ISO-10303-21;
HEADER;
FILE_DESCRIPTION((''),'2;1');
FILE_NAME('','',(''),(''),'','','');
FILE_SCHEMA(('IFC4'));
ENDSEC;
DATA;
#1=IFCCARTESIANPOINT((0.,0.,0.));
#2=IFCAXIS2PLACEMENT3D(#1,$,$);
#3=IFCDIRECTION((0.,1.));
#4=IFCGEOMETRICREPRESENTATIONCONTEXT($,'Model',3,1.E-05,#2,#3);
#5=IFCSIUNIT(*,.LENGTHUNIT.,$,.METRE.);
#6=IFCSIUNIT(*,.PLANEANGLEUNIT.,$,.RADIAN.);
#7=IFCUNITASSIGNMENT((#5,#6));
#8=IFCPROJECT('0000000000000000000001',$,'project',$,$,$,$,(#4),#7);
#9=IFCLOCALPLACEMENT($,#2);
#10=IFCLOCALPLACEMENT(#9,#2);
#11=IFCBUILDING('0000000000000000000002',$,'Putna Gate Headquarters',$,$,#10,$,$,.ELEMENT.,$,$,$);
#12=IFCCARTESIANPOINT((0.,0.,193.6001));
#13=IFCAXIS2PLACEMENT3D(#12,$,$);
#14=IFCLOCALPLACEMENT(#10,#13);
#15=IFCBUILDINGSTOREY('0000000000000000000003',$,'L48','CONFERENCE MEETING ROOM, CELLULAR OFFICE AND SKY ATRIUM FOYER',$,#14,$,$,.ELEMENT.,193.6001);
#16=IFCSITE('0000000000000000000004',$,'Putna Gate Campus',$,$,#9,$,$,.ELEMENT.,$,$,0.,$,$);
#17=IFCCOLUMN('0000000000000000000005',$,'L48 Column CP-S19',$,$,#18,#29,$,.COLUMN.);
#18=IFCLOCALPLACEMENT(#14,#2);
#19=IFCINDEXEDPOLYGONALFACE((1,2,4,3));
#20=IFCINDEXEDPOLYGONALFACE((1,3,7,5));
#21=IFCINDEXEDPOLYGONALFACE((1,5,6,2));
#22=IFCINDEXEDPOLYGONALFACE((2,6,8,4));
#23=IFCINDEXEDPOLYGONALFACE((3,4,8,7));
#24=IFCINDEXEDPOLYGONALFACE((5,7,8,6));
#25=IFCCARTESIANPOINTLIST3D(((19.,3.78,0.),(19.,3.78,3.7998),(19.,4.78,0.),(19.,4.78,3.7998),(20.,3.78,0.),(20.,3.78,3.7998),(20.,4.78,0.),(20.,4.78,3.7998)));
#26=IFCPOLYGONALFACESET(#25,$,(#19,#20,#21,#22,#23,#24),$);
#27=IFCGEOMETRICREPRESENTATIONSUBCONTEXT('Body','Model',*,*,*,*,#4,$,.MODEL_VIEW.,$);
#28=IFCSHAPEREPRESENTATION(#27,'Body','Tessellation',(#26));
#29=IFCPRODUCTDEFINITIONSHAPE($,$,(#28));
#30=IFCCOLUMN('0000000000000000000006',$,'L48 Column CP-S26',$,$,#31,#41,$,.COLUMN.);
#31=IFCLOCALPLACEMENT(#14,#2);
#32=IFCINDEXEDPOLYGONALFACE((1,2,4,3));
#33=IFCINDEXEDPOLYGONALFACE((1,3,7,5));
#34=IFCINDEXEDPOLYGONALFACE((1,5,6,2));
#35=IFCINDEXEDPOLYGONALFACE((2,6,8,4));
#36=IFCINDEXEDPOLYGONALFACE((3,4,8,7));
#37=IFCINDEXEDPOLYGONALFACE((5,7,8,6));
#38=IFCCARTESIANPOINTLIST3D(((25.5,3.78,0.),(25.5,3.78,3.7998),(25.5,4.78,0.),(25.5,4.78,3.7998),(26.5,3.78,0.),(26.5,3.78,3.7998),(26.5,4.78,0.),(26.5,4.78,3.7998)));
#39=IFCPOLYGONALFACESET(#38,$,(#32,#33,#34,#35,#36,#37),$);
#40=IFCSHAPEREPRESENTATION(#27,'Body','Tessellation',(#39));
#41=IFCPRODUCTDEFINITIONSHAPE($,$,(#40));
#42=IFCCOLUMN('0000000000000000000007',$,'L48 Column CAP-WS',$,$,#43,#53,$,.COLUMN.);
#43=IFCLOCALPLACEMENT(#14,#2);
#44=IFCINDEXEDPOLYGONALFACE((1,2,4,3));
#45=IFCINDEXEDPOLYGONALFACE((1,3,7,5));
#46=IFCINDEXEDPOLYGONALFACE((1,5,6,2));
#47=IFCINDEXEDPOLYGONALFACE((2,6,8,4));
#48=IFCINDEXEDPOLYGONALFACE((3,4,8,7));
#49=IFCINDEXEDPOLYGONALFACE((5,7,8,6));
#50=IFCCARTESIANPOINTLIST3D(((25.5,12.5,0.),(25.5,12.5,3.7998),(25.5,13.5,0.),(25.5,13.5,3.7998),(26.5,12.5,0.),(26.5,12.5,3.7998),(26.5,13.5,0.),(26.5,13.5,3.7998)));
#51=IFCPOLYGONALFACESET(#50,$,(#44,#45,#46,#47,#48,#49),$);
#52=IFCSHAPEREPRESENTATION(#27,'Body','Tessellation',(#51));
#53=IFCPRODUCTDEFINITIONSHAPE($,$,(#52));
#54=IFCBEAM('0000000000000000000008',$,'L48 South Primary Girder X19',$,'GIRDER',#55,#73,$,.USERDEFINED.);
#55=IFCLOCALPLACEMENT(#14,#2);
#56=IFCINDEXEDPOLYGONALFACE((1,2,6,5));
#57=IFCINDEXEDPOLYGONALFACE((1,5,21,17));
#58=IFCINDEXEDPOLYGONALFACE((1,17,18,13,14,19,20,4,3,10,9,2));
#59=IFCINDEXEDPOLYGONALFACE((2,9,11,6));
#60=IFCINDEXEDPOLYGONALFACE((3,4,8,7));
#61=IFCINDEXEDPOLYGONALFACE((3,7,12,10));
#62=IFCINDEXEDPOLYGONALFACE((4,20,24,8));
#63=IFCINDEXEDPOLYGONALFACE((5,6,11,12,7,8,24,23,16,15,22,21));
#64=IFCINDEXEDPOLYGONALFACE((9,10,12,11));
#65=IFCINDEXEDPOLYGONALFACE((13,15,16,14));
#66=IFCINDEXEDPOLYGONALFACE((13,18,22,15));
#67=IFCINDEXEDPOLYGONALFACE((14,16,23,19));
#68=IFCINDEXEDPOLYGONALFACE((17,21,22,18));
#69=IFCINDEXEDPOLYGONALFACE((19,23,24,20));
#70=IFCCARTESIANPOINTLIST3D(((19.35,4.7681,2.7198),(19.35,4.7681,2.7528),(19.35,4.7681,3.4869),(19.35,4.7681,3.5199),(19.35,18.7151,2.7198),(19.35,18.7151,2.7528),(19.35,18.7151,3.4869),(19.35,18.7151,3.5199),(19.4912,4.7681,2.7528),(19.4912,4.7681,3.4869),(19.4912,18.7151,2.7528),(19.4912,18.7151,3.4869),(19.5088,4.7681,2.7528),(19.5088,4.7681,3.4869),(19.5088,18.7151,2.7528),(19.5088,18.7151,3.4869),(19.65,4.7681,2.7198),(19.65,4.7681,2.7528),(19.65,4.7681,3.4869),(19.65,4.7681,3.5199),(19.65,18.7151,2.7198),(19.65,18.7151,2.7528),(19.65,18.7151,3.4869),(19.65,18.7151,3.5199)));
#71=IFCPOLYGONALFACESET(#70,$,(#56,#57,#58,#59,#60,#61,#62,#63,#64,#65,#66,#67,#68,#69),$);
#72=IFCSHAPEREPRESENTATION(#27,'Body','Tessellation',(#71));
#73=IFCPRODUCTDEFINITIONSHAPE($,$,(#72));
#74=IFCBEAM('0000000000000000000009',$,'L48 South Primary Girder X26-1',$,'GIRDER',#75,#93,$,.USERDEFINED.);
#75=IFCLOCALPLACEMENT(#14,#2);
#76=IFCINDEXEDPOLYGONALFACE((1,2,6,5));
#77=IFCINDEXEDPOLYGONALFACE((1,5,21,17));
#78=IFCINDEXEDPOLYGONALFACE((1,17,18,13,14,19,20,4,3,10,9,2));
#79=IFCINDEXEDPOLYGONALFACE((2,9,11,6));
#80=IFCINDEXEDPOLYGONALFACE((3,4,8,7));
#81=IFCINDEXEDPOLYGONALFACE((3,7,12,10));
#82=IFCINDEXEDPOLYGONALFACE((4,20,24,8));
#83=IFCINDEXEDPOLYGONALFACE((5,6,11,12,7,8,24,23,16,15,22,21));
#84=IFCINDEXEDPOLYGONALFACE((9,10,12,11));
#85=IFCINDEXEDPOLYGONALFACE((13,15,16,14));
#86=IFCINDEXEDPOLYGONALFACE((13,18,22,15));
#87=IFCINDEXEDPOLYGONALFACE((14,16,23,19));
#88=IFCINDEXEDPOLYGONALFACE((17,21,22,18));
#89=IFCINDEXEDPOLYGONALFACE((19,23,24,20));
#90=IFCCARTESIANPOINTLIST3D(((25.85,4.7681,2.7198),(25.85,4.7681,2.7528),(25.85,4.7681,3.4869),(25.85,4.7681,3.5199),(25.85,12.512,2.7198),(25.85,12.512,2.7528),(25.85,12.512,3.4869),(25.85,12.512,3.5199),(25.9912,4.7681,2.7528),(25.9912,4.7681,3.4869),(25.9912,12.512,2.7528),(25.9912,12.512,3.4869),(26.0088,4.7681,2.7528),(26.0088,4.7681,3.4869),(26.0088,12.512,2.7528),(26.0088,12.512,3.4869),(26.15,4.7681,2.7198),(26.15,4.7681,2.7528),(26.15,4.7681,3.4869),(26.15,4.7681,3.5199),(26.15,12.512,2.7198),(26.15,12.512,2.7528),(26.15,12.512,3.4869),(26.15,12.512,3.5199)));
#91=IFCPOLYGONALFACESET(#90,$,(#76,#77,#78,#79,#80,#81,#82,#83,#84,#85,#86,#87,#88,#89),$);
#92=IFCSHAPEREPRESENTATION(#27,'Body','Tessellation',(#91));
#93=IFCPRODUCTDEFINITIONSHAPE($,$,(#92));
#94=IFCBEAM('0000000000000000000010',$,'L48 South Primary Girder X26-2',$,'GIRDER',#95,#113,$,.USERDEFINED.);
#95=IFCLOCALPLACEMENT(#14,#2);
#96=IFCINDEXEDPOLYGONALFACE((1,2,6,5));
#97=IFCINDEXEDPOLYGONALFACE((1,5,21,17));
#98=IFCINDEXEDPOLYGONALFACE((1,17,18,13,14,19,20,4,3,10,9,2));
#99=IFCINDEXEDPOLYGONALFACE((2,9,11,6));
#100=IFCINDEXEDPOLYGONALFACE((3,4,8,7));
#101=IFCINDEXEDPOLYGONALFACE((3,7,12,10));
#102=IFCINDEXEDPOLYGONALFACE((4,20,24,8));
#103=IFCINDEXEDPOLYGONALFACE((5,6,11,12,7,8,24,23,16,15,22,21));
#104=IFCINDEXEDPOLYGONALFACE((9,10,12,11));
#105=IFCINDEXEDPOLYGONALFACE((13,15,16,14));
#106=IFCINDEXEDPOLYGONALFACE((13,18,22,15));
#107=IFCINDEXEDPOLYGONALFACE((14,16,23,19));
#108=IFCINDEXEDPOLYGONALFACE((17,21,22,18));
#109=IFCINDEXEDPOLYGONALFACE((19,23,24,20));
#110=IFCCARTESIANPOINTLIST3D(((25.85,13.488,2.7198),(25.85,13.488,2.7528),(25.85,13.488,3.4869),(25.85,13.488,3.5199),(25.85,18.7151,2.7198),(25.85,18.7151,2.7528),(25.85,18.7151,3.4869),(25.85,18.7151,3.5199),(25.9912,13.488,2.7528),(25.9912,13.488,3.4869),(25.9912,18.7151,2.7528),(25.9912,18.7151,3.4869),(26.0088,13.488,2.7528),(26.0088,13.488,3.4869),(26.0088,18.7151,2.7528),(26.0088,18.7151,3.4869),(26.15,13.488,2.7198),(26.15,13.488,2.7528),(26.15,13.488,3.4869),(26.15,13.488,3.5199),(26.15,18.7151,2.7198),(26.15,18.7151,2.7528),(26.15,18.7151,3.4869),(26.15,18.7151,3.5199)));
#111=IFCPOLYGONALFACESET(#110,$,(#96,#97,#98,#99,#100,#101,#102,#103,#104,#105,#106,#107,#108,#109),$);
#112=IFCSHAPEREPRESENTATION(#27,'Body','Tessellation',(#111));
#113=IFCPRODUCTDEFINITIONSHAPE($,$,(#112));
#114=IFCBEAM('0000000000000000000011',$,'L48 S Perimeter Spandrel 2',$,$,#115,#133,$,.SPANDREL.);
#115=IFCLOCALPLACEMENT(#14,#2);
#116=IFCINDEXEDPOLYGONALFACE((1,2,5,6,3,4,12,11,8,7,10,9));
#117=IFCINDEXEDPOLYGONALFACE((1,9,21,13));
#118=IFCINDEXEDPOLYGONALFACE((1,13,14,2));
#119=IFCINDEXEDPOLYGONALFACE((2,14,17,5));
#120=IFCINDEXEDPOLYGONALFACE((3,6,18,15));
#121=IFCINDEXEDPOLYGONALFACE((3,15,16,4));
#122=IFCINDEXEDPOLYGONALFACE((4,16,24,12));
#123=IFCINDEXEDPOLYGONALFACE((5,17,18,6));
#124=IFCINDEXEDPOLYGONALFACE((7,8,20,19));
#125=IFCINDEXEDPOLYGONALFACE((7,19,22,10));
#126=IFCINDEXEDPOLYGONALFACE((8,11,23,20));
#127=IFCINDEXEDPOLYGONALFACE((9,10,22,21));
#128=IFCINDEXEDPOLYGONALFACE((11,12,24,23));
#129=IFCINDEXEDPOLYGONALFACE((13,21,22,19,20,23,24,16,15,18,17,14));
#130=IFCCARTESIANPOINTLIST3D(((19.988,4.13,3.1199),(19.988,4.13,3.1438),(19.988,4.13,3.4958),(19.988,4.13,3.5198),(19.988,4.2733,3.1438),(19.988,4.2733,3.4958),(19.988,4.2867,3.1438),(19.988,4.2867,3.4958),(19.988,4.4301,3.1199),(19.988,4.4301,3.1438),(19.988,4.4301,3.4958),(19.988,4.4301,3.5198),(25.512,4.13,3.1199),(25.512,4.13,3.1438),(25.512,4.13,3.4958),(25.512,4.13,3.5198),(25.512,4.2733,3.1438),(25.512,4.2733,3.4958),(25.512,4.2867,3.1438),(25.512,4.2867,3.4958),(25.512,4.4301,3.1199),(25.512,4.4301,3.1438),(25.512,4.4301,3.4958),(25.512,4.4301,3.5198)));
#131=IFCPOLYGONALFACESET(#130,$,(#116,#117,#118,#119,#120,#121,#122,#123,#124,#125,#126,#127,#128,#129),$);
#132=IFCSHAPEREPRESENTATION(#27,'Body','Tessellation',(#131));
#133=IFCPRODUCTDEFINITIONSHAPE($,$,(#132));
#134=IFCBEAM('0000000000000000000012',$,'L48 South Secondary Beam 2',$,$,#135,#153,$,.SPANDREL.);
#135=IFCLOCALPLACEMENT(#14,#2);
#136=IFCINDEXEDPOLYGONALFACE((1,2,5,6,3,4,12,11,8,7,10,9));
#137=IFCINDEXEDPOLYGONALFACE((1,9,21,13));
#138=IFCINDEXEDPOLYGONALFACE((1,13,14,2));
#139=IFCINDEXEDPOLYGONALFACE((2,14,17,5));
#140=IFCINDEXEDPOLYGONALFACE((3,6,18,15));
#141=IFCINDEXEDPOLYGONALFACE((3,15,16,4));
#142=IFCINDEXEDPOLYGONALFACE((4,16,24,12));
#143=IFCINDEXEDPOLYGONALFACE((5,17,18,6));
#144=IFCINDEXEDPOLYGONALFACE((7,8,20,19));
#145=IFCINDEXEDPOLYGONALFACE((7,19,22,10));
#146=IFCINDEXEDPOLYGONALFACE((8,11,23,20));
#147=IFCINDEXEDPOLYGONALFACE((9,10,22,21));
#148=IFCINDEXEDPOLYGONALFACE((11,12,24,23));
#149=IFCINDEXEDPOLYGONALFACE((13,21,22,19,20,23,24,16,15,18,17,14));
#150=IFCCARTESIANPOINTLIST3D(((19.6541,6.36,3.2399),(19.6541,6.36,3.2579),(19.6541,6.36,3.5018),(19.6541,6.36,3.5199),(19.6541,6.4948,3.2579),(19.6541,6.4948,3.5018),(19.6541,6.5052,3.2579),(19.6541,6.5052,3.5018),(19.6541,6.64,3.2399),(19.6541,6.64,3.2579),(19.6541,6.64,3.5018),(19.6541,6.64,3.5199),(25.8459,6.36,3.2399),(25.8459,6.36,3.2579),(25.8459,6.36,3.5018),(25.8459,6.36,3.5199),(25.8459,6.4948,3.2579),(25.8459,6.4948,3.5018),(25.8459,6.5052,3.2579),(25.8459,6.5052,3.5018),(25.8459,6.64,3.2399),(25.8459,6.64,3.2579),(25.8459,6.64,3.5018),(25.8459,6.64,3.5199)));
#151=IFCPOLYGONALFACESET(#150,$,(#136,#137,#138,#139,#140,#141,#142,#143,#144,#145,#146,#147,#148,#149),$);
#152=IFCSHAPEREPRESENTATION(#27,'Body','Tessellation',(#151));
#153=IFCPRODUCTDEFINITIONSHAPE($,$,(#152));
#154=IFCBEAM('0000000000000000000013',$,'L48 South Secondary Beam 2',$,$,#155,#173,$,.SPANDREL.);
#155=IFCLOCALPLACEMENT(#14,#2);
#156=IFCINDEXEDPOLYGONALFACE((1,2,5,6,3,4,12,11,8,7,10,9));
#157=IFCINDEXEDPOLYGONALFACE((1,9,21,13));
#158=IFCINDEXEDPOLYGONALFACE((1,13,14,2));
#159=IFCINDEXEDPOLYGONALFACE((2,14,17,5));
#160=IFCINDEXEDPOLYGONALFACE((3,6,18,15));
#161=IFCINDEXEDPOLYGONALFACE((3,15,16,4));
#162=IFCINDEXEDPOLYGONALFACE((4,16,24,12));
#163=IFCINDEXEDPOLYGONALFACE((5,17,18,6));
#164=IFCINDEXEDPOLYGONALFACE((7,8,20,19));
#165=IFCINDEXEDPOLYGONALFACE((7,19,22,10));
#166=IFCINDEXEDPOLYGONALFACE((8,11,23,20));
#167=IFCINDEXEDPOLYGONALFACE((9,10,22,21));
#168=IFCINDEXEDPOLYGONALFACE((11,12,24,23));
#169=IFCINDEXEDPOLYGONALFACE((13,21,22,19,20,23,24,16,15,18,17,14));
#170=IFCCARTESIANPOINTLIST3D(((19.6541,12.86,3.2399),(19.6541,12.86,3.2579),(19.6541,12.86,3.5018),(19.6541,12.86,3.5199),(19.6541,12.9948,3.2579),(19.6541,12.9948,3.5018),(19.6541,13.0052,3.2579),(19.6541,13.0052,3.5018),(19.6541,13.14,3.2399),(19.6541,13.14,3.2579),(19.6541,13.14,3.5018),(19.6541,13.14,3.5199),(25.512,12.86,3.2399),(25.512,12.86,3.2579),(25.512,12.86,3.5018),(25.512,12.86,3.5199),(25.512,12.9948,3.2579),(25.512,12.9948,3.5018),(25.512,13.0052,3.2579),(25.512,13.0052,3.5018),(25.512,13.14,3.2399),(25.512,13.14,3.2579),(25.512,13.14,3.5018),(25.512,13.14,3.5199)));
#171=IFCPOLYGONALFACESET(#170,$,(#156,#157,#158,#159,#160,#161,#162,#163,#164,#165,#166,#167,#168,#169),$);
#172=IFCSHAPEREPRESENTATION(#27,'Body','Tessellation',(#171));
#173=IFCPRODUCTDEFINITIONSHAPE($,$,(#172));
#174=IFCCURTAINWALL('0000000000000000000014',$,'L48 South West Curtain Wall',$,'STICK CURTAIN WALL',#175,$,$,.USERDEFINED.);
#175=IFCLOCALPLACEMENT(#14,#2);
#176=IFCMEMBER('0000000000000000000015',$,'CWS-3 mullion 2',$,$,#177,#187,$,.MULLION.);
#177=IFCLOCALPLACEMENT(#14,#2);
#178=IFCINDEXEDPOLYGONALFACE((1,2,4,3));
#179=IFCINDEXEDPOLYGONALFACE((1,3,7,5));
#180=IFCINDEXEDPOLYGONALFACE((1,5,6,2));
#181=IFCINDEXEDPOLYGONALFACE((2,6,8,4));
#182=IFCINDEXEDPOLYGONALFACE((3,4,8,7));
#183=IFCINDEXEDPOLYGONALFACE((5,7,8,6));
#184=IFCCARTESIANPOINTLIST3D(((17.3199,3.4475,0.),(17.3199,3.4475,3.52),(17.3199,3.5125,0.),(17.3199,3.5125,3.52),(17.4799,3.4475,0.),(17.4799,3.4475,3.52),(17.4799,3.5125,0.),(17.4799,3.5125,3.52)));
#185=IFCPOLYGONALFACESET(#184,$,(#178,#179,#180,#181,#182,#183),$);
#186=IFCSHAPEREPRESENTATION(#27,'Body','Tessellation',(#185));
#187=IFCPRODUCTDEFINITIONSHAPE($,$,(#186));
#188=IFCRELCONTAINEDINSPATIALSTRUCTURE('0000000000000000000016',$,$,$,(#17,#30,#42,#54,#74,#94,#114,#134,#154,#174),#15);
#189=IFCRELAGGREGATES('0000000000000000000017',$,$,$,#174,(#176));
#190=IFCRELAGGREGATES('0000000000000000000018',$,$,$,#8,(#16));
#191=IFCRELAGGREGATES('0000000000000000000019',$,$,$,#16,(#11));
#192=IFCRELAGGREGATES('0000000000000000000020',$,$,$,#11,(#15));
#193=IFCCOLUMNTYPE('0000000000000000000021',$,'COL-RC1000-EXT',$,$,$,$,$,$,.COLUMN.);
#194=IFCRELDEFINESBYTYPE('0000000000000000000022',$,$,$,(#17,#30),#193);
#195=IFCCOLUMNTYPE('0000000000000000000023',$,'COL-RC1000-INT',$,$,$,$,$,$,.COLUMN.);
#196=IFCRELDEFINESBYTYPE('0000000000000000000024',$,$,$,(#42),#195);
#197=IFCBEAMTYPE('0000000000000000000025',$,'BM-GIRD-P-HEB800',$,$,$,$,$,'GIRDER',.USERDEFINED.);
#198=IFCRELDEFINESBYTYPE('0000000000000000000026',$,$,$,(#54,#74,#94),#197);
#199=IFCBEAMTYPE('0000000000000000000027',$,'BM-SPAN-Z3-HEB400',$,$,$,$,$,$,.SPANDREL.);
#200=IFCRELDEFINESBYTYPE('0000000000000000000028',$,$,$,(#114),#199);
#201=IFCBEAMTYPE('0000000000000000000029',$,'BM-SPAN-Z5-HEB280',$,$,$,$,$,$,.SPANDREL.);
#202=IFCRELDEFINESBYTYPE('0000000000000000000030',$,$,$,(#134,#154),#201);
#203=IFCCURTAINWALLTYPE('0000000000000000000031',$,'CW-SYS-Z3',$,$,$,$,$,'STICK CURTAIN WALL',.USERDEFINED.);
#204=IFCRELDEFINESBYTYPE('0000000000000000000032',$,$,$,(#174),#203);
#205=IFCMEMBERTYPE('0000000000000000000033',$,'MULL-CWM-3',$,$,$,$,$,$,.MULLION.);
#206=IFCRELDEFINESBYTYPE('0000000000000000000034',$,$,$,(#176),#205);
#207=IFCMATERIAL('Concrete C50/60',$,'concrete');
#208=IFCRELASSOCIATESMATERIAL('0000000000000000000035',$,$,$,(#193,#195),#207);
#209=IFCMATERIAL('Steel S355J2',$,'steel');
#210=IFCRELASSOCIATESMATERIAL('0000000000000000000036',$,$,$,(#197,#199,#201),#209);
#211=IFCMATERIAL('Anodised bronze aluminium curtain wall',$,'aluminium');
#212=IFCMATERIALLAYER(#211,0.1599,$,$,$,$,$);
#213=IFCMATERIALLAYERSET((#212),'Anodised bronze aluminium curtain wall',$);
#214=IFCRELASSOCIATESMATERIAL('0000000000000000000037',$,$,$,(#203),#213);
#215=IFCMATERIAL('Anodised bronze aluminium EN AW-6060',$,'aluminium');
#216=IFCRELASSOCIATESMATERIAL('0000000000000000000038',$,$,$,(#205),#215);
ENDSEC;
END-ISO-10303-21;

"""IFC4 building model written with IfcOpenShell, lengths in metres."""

from ifc_helpers import new_model, si_unit, direction, frame, origin, origin_2d, place, context, subcontext, project, spatial, rectangle, i_section, extrude, material, layer, layer_set, material_profile, profile_set, type_object, element, aggregate, save


model = new_model("IFC4")

# Units and contexts
model_context = context("Model", 3, precision=1e-05, world=origin(), true_north=direction((0.0, 1.0)))
body_context = subcontext(model_context, "Body", "Model", "MODEL_VIEW")
ifc_project = project(units=[si_unit("LENGTHUNIT", "METRE"), si_unit("PLANEANGLEUNIT", "RADIAN")], contexts=[model_context])

# Site, building, storey
site_placement = place(None, origin())
site = spatial("IfcSite", under=ifc_project, at=site_placement, Name="Putna Gate Campus", CompositionType="ELEMENT", RefElevation=0.0)
building_placement = place(site_placement, origin())
building = spatial("IfcBuilding", under=site, at=building_placement, Name="Putna Gate Headquarters", CompositionType="ELEMENT")
storey_placement = place(building_placement, frame((0.0, 0.0, 193.6001)))
storey = spatial("IfcBuildingStorey", under=building, at=storey_placement, Name="L48", Description="CONFERENCE MEETING ROOM, CELLULAR OFFICE AND SKY ATRIUM FOYER", CompositionType="ELEMENT", Elevation=193.6001)

# Columns
ifc_material_1 = material(Name="Concrete C50/60", Category="concrete")
ifc_material_profile_1 = material_profile(ifc_material_1, rectangle(XDim=1.0, YDim=1.0, at=origin_2d()), Name="Concrete C50/60")
ifc_profile_set_1 = profile_set([ifc_material_profile_1], Name="Concrete C50/60")
column_type_1 = type_object("IfcColumnType", Name="COL-RC1000-EXT", PredefinedType="COLUMN", material=ifc_profile_set_1)
for number, where, z_axis, x_axis, name in (
    (1, (19.5, 4.28, 0.0), (0.0, 0.0, 1.0), (1.0, 0.0, 0.0), "L48 Column CP-S19"),
    (2, (26.0, 4.28, 0.0), (0.0, 0.0, 1.0), (1.0, 0.0, 0.0), "L48 Column CP-S26"),
):
    element("IfcColumn", number, at=place(storey_placement, frame(where, z_axis=z_axis, x_axis=x_axis)), inside=storey, type_object=column_type_1, Name=name, PredefinedType="COLUMN", context=body_context, shape_type="SweptSolid", body=[
        extrude(rectangle(XDim=1.0, YDim=1.0, at=origin_2d()), origin(), (0.0, 0.0, 1.0), 3.7998),
    ])
ifc_material_profile_2 = material_profile(ifc_material_1, rectangle(XDim=1.0, YDim=1.0, at=origin_2d()), Name="Concrete C50/60")
ifc_profile_set_2 = profile_set([ifc_material_profile_2], Name="Concrete C50/60")
column_type_2 = type_object("IfcColumnType", Name="COL-RC1000-INT", PredefinedType="COLUMN", material=ifc_profile_set_2)
column_placement = place(storey_placement, frame((26.0, 13.0, 0.0), z_axis=(0.0, 0.0, 1.0), x_axis=(1.0, 0.0, 0.0)))
element("IfcColumn", 3, at=column_placement, inside=storey, type_object=column_type_2, Name="L48 Column CAP-WS", PredefinedType="COLUMN", context=body_context, shape_type="SweptSolid", body=[
    extrude(rectangle(XDim=1.0, YDim=1.0, at=origin_2d()), origin(), (0.0, 0.0, 1.0), 3.7998),
])

# Beams
ifc_material_2 = material(Name="Steel S355J2", Category="steel")
ifc_material_profile_3 = material_profile(ifc_material_2, i_section(OverallWidth=0.3, OverallDepth=0.8, WebThickness=0.0176, FlangeThickness=0.033, at=origin_2d()), Name="Steel S355J2")
ifc_profile_set_3 = profile_set([ifc_material_profile_3], Name="Steel S355J2")
beam_type_1 = type_object("IfcBeamType", Name="BM-GIRD-P-HEB800", ElementType="GIRDER", PredefinedType="USERDEFINED", material=ifc_profile_set_3)
beam_1_placement = place(storey_placement, frame((19.5, 4.7681, 3.1199), z_axis=(0.0, 1.0, 0.0), x_axis=(-1.0, 0.0, 0.0)))
element("IfcBeam", 4, at=beam_1_placement, inside=storey, type_object=beam_type_1, Name="L48 South Primary Girder X19", ObjectType="GIRDER", PredefinedType="USERDEFINED", context=body_context, shape_type="SweptSolid", body=[
    extrude(i_section(OverallWidth=0.3, OverallDepth=0.8, WebThickness=0.0176, FlangeThickness=0.033, at=origin_2d()), origin(), (0.0, 0.0, 1.0), 13.947),
])
beam_2_placement = place(storey_placement, frame((26.0, 4.7681, 3.1199), z_axis=(0.0, 1.0, 0.0), x_axis=(-1.0, 0.0, 0.0)))
element("IfcBeam", 5, at=beam_2_placement, inside=storey, type_object=beam_type_1, Name="L48 South Primary Girder X26-1", ObjectType="GIRDER", PredefinedType="USERDEFINED", context=body_context, shape_type="SweptSolid", body=[
    extrude(i_section(OverallWidth=0.3, OverallDepth=0.8, WebThickness=0.0176, FlangeThickness=0.033, at=origin_2d()), origin(), (0.0, 0.0, 1.0), 7.7439),
])
beam_3_placement = place(storey_placement, frame((26.0, 13.488, 3.1199), z_axis=(0.0, 1.0, 0.0), x_axis=(-1.0, 0.0, 0.0)))
element("IfcBeam", 6, at=beam_3_placement, inside=storey, type_object=beam_type_1, Name="L48 South Primary Girder X26-2", ObjectType="GIRDER", PredefinedType="USERDEFINED", context=body_context, shape_type="SweptSolid", body=[
    extrude(i_section(OverallWidth=0.3, OverallDepth=0.8, WebThickness=0.0176, FlangeThickness=0.033, at=origin_2d()), origin(), (0.0, 0.0, 1.0), 5.2271),
])
ifc_material_profile_4 = material_profile(ifc_material_2, i_section(OverallWidth=0.3, OverallDepth=0.3999, WebThickness=0.0134, FlangeThickness=0.0239, at=origin_2d()), Name="Steel S355J2")
ifc_profile_set_4 = profile_set([ifc_material_profile_4], Name="Steel S355J2")
beam_type_2 = type_object("IfcBeamType", Name="BM-SPAN-Z3-HEB400", PredefinedType="SPANDREL", material=ifc_profile_set_4)
beam_4_placement = place(storey_placement, frame((19.988, 4.28, 3.3198), z_axis=(1.0, 0.0, 0.0), x_axis=(0.0, 1.0, 0.0)))
element("IfcBeam", 7, at=beam_4_placement, inside=storey, type_object=beam_type_2, Name="L48 S Perimeter Spandrel 2", PredefinedType="SPANDREL", context=body_context, shape_type="SweptSolid", body=[
    extrude(i_section(OverallWidth=0.3, OverallDepth=0.3999, WebThickness=0.0134, FlangeThickness=0.0239, at=origin_2d()), origin(), (0.0, 0.0, 1.0), 5.5239),
])
ifc_material_profile_5 = material_profile(ifc_material_2, i_section(OverallWidth=0.28, OverallDepth=0.28, WebThickness=0.0105, FlangeThickness=0.0181, at=origin_2d()), Name="Steel S355J2")
ifc_profile_set_5 = profile_set([ifc_material_profile_5], Name="Steel S355J2")
beam_type_3 = type_object("IfcBeamType", Name="BM-SPAN-Z5-HEB280", PredefinedType="SPANDREL", material=ifc_profile_set_5)
beam_5_placement = place(storey_placement, frame((19.6541, 6.5, 3.3799), z_axis=(1.0, 0.0, 0.0), x_axis=(0.0, 1.0, 0.0)))
element("IfcBeam", 8, at=beam_5_placement, inside=storey, type_object=beam_type_3, Name="L48 South Secondary Beam 2", PredefinedType="SPANDREL", context=body_context, shape_type="SweptSolid", body=[
    extrude(i_section(OverallWidth=0.28, OverallDepth=0.28, WebThickness=0.0105, FlangeThickness=0.0181, at=origin_2d()), origin(), (0.0, 0.0, 1.0), 6.1919),
])
beam_6_placement = place(storey_placement, frame((19.6541, 13.0, 3.3799), z_axis=(1.0, 0.0, 0.0), x_axis=(0.0, 1.0, 0.0)))
element("IfcBeam", 9, at=beam_6_placement, inside=storey, type_object=beam_type_3, Name="L48 South Secondary Beam 2", PredefinedType="SPANDREL", context=body_context, shape_type="SweptSolid", body=[
    extrude(i_section(OverallWidth=0.28, OverallDepth=0.28, WebThickness=0.0105, FlangeThickness=0.0181, at=origin_2d()), origin(), (0.0, 0.0, 1.0), 5.8579),
])

# Curtain wall, member
ifc_material_3 = material(Name="Anodised bronze aluminium curtain wall", Category="aluminium")
ifc_layer_1 = layer(ifc_material_3, 0.1599)
ifc_layer_set_1 = layer_set([ifc_layer_1], Name="Anodised bronze aluminium curtain wall")
curtain_wall_type = type_object("IfcCurtainWallType", Name="CW-SYS-Z3", ElementType="STICK CURTAIN WALL", PredefinedType="USERDEFINED", material=ifc_layer_set_1)
curtain_wall_placement = place(storey_placement, origin())
curtain_wall = element("IfcCurtainWall", 10, at=curtain_wall_placement, inside=storey, type_object=curtain_wall_type, Name="L48 South West Curtain Wall", ObjectType="STICK CURTAIN WALL", PredefinedType="USERDEFINED")
ifc_material_4 = material(Name="Anodised bronze aluminium EN AW-6060", Category="aluminium")
ifc_material_profile_6 = material_profile(ifc_material_4, rectangle(XDim=0.0649, YDim=0.1599, at=origin_2d()), Name="Anodised bronze aluminium EN AW-6060")
ifc_profile_set_6 = profile_set([ifc_material_profile_6], Name="Anodised bronze aluminium EN AW-6060")
member_type_1 = type_object("IfcMemberType", Name="MULL-CWM-3", PredefinedType="MULLION", material=ifc_profile_set_6)
member_1_placement = place(storey_placement, frame((17.3999, 3.48, 0.0), z_axis=(0.0, 0.0, 1.0), x_axis=(0.0, 1.0, 0.0)))
member_1 = element("IfcMember", 11, at=member_1_placement, type_object=member_type_1, Name="CWS-3 mullion 2", PredefinedType="MULLION", context=body_context, shape_type="SweptSolid", body=[
    extrude(rectangle(XDim=0.0649, YDim=0.1599, at=origin_2d()), origin(), (0.0, 0.0, 1.0), 3.52),
])
aggregate(curtain_wall, [member_1])

save(model, "model.ifc")
